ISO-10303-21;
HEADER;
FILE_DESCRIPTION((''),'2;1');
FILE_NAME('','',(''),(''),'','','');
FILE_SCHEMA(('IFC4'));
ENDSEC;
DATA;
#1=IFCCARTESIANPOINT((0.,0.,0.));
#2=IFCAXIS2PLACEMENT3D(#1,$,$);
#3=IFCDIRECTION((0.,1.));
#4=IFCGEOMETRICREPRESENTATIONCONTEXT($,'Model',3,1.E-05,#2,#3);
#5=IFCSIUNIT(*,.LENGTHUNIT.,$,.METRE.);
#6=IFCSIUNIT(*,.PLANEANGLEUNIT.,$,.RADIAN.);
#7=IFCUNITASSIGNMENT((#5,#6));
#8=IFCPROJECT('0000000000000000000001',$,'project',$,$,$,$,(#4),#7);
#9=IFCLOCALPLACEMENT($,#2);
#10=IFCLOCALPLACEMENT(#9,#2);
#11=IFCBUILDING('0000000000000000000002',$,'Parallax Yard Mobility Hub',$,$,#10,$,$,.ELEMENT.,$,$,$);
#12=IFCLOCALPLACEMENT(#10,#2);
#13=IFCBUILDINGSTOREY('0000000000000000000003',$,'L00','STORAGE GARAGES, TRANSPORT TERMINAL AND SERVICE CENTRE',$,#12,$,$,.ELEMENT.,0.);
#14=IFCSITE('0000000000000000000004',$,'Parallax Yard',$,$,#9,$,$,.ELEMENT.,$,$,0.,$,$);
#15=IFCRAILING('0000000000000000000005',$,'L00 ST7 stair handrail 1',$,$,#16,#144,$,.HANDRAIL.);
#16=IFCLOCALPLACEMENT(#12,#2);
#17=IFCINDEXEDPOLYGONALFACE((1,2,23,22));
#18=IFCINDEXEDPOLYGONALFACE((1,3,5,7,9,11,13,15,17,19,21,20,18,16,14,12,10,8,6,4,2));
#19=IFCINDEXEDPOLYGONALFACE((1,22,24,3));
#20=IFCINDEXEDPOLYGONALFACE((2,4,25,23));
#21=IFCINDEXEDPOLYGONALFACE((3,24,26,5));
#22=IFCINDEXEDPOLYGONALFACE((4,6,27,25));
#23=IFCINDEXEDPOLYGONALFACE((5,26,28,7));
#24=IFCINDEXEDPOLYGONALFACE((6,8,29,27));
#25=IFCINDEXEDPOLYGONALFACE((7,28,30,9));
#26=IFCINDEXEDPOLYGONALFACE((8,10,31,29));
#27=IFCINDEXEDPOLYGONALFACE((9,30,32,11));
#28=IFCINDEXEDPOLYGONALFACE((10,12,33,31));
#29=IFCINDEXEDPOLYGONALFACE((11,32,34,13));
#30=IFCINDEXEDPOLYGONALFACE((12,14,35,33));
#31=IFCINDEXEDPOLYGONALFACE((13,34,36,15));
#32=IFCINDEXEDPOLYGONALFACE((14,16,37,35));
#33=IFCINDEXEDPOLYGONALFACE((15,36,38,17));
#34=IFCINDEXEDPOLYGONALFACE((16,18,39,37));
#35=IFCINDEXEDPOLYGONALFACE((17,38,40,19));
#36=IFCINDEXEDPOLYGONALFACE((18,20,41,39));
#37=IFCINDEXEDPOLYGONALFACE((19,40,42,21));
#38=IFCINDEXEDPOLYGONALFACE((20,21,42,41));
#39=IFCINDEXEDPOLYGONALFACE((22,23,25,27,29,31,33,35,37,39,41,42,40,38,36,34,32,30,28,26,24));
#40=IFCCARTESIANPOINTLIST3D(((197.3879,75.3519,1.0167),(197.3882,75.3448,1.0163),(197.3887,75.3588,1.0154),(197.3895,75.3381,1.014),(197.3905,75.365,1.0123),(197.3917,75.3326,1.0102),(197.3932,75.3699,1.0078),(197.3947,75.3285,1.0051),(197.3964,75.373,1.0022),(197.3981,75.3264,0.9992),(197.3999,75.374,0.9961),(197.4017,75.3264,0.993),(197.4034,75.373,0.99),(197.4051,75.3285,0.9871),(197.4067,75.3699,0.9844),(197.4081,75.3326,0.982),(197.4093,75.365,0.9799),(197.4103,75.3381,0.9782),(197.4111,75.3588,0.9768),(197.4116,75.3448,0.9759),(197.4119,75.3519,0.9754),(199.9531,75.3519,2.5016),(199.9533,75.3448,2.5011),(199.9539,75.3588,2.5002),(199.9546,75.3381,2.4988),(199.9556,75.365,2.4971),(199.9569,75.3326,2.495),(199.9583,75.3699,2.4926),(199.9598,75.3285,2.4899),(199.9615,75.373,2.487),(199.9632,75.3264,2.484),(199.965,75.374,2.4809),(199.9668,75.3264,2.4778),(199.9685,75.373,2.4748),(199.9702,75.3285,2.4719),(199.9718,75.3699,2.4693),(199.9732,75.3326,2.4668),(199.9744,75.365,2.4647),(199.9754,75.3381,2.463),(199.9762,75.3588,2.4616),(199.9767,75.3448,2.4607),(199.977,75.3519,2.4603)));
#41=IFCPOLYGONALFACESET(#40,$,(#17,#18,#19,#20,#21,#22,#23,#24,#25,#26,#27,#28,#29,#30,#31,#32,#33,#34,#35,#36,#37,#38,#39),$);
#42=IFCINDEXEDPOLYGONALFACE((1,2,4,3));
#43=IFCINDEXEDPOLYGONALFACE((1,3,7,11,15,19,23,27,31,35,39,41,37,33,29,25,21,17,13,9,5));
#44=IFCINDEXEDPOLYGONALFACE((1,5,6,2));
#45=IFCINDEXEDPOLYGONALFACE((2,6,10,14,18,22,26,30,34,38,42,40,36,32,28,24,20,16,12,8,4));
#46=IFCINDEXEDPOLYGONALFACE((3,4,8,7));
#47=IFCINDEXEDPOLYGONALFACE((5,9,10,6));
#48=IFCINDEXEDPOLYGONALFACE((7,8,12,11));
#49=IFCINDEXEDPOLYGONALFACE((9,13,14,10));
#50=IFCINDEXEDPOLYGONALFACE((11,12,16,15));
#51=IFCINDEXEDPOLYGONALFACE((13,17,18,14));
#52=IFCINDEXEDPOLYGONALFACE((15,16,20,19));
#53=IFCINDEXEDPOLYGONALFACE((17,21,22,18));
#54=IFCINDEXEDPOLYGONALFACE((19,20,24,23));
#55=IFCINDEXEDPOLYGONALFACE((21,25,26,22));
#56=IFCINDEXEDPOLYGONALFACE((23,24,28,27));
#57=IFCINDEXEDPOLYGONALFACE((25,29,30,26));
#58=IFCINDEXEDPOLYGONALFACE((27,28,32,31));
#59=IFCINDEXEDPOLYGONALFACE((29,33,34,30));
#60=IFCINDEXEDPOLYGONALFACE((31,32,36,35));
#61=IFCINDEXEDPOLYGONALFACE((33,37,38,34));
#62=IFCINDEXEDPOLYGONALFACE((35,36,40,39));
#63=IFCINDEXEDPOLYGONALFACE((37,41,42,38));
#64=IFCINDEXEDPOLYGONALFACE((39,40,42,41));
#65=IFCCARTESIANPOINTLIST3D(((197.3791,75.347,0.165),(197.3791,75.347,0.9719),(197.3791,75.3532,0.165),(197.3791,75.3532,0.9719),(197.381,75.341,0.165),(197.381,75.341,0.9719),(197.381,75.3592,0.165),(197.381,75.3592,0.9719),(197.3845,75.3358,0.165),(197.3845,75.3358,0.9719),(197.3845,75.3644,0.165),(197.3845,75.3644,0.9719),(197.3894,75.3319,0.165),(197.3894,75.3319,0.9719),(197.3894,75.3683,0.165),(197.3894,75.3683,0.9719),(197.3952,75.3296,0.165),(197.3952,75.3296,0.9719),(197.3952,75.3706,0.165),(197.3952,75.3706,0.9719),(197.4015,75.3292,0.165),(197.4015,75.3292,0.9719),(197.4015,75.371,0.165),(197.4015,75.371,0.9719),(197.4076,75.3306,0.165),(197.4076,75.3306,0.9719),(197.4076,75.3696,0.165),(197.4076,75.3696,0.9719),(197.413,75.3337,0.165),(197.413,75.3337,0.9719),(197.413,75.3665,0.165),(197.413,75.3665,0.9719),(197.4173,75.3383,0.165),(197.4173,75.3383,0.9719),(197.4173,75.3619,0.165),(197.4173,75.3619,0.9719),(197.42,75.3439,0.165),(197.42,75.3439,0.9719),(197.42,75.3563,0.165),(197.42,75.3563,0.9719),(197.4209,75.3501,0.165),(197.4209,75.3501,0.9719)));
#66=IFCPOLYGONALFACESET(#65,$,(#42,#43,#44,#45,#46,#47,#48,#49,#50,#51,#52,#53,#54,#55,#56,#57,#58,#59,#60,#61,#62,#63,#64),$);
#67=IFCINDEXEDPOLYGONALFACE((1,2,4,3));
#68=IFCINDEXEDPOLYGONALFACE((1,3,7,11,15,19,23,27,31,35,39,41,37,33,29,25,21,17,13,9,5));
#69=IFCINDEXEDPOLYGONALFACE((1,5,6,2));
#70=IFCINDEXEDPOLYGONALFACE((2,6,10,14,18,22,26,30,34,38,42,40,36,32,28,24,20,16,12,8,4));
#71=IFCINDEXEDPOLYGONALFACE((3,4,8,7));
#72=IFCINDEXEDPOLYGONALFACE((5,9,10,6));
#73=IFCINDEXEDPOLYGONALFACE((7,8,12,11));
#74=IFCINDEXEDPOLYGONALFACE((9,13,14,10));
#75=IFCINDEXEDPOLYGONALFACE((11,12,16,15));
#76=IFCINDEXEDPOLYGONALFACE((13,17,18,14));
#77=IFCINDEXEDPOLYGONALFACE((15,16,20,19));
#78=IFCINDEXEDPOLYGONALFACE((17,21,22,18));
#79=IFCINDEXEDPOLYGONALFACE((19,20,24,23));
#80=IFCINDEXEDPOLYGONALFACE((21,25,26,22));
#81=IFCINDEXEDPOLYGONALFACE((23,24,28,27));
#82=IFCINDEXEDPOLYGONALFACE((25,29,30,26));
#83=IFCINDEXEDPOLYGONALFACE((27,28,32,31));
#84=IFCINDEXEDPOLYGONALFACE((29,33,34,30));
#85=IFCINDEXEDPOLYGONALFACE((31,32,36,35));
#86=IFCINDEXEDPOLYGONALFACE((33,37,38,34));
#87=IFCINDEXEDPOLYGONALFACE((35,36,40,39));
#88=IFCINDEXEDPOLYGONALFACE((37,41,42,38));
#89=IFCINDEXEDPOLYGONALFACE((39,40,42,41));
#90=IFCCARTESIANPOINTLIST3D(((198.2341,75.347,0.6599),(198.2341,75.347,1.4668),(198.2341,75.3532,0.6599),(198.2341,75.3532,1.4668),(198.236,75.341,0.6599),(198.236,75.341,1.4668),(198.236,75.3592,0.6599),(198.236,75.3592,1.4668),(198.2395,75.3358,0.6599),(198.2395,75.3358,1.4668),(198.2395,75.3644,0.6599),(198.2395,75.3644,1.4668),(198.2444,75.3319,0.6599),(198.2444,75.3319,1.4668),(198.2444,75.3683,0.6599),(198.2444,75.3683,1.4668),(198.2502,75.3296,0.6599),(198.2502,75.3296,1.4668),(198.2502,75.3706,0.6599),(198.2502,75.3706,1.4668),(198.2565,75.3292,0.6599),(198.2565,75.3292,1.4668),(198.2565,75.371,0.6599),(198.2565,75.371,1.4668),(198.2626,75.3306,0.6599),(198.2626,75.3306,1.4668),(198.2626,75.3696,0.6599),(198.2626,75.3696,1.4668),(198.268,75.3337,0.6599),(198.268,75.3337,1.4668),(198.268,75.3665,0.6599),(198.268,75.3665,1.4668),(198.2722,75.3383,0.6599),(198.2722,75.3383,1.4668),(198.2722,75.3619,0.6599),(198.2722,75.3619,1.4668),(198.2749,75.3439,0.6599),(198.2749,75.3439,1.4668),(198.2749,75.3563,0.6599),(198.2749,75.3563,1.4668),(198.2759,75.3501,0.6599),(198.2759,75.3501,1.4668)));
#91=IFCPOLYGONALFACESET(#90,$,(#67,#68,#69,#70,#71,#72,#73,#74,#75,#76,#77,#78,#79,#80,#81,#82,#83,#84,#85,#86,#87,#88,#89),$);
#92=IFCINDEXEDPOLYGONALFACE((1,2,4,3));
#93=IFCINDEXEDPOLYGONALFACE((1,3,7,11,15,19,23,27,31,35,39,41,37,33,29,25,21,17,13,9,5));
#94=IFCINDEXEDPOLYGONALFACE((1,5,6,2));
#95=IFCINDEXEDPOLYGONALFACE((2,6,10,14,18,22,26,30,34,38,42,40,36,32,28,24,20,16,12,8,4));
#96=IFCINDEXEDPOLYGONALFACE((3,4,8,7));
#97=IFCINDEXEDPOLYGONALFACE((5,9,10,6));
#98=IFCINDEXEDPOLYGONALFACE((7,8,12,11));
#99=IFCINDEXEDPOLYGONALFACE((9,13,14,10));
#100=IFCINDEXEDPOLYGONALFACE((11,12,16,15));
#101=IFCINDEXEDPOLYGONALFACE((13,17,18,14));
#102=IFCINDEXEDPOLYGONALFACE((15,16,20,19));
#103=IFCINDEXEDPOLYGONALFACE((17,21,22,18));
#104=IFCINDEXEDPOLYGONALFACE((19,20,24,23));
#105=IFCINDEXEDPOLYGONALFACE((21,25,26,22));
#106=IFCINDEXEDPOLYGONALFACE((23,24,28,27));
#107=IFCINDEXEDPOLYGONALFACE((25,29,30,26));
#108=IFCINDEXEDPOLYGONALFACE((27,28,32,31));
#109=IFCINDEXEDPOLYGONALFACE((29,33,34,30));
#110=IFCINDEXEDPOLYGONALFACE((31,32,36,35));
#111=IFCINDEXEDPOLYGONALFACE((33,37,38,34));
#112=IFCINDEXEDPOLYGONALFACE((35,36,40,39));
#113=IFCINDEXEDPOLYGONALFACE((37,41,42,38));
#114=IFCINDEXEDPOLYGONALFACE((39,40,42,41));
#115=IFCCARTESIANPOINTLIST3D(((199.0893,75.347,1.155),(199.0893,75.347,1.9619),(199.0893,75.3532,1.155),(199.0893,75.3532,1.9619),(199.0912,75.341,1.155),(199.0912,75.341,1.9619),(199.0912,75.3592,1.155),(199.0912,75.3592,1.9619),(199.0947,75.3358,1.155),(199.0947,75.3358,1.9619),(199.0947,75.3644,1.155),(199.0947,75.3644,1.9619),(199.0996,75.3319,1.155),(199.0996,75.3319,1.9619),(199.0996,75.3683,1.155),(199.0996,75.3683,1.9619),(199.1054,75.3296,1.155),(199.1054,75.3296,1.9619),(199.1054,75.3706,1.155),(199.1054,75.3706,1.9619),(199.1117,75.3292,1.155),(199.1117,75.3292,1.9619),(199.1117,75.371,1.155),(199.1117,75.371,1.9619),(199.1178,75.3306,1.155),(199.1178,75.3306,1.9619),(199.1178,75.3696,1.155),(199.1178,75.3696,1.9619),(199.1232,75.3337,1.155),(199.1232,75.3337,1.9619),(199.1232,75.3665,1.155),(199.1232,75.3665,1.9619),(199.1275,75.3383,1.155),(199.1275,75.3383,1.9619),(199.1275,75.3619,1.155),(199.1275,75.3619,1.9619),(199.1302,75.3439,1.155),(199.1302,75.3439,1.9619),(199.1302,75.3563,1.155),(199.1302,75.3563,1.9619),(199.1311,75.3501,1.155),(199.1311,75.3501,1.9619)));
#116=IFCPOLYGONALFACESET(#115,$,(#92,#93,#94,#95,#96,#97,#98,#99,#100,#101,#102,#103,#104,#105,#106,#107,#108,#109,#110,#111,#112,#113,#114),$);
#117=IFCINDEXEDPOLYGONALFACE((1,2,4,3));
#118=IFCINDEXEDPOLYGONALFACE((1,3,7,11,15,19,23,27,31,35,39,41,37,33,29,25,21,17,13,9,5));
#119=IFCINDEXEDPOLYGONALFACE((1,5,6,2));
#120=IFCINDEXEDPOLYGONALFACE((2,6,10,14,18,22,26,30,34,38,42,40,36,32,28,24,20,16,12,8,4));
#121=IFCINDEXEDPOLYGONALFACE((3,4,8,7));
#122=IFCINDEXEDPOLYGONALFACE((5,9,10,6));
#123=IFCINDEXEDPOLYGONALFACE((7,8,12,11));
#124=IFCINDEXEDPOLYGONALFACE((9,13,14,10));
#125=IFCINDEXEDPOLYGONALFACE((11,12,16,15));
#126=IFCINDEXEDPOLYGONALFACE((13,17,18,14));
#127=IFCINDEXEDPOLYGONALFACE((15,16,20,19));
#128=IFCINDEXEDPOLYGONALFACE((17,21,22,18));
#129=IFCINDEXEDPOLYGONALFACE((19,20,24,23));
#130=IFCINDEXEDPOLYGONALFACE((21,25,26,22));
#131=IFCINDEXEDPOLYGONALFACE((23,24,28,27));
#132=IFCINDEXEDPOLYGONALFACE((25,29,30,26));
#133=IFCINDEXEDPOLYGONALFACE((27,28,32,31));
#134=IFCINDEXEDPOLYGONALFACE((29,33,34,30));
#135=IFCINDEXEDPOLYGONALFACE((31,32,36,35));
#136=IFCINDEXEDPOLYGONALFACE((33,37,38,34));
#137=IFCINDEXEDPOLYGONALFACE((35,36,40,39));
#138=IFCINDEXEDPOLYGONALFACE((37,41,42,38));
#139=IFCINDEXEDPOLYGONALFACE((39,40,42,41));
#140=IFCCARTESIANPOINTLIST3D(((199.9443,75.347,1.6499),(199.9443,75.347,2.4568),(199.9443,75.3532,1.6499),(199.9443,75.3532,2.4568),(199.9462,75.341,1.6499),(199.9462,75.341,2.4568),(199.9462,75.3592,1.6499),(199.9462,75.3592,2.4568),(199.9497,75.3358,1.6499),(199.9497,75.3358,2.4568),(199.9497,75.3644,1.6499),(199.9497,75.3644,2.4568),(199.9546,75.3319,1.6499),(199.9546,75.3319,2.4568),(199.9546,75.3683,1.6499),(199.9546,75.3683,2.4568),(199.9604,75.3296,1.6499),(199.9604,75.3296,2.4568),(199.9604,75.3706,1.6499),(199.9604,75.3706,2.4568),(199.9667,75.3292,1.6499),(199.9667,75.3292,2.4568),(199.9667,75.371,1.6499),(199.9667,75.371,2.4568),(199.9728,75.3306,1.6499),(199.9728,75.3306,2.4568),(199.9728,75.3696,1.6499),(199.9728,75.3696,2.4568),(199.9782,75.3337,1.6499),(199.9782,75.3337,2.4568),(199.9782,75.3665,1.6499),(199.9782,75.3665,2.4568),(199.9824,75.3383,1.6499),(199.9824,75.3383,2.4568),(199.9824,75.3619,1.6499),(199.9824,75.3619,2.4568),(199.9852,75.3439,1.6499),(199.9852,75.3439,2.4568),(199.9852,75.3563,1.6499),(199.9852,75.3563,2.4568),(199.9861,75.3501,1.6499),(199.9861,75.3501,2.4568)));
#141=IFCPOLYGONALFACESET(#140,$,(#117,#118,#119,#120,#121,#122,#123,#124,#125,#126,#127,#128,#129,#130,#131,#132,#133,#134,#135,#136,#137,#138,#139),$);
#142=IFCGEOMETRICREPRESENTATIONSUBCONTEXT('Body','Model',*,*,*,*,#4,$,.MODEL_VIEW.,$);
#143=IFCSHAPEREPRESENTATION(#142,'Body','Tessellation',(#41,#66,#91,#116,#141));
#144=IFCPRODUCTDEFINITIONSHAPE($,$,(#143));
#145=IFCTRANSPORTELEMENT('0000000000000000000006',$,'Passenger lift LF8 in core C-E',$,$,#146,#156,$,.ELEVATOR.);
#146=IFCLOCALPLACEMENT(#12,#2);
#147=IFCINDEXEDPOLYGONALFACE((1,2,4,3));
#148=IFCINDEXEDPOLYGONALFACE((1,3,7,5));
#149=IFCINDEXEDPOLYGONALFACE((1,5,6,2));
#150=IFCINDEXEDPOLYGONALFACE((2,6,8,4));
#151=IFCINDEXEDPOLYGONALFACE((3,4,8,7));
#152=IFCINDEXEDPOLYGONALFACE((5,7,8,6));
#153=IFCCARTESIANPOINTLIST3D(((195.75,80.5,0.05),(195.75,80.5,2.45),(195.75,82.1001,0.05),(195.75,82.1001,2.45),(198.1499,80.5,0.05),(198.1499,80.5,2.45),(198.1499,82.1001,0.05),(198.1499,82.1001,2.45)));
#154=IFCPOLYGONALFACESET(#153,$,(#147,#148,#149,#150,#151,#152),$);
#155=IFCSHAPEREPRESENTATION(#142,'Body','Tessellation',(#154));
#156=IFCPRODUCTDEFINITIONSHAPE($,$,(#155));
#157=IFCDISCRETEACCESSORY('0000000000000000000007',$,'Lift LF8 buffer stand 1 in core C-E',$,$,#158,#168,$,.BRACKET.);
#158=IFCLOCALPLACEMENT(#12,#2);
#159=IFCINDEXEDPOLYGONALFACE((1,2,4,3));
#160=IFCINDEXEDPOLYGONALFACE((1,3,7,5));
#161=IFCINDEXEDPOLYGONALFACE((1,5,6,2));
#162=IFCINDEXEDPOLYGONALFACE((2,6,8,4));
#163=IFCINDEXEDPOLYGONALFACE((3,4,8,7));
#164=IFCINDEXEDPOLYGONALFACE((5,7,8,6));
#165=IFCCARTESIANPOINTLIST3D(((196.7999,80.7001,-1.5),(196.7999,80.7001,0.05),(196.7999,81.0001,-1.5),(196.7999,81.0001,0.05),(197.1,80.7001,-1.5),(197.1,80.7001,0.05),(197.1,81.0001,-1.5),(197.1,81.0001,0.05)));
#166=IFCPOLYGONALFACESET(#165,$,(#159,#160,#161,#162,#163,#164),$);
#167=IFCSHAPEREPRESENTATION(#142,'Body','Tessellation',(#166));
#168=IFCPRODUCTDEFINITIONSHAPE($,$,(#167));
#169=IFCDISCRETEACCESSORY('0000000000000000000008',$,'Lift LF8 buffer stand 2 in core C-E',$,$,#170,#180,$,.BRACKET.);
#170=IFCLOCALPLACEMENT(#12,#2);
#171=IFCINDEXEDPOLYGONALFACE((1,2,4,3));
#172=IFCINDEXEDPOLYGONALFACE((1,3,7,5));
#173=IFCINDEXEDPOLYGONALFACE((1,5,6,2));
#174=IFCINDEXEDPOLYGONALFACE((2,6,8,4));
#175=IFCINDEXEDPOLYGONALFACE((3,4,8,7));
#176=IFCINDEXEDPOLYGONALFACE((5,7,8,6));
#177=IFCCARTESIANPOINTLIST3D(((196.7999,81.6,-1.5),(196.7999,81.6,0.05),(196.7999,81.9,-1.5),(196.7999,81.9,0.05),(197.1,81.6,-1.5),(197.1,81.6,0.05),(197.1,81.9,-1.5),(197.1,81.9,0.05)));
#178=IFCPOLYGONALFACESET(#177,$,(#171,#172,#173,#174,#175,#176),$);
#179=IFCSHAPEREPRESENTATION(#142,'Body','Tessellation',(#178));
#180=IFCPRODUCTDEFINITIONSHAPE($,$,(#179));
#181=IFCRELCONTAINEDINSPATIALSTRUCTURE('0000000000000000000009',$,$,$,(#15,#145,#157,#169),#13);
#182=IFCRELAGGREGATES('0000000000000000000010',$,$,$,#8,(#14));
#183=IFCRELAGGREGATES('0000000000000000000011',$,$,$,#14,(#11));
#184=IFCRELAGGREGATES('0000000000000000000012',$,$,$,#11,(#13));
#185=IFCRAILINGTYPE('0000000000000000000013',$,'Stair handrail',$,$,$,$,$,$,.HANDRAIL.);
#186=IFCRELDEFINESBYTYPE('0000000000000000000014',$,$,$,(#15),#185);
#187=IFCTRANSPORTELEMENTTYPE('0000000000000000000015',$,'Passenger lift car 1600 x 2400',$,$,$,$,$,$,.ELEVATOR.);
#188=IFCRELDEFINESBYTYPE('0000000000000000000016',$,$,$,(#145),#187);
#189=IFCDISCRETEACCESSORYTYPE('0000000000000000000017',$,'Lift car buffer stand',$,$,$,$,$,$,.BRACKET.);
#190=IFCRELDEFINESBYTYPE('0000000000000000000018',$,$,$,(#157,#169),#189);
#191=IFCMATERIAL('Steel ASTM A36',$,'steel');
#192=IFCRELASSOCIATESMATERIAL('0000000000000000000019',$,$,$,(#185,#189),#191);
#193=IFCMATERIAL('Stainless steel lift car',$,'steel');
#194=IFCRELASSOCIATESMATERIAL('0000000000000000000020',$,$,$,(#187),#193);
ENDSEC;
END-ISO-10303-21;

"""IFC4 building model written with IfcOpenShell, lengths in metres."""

from ifc_helpers import new_model, si_unit, direction, frame, origin, origin_2d, place, context, subcontext, project, spatial, rectangle, circle, extrude, material, type_object, element, save


model = new_model("IFC4")

# Units and contexts
model_context = context("Model", 3, precision=1e-05, world=origin(), true_north=direction((0.0, 1.0)))
body_context = subcontext(model_context, "Body", "Model", "MODEL_VIEW")
ifc_project = project(units=[si_unit("LENGTHUNIT", "METRE"), si_unit("PLANEANGLEUNIT", "RADIAN")], contexts=[model_context])

# Site, building, storey
site_placement = place(None, origin())
site = spatial("IfcSite", under=ifc_project, at=site_placement, Name="Parallax Yard", CompositionType="ELEMENT", RefElevation=0.0)
building_placement = place(site_placement, origin())
building = spatial("IfcBuilding", under=site, at=building_placement, Name="Parallax Yard Mobility Hub", CompositionType="ELEMENT")
storey_placement = place(building_placement, origin())
storey = spatial("IfcBuildingStorey", under=building, at=storey_placement, Name="L00", Description="STORAGE GARAGES, TRANSPORT TERMINAL AND SERVICE CENTRE", CompositionType="ELEMENT", Elevation=0.0)

# Railing
ifc_material_1 = material(Name="Steel ASTM A36", Category="steel")
railing_type_1 = type_object("IfcRailingType", Name="Stair handrail", PredefinedType="HANDRAIL", material=ifc_material_1)
railing_1_placement = place(storey_placement, frame((197.3999, 75.3501, 0.165)))
element("IfcRailing", 1, at=railing_1_placement, inside=storey, type_object=railing_type_1, Name="L00 ST7 stair handrail 1", PredefinedType="HANDRAIL", context=body_context, shape_type="SweptSolid", body=[
    extrude(circle(Radius=0.0239, at=origin_2d()), frame((0.0, 0.0, 0.8311), z_axis=(0.865462, 0.0, 0.500975), x_axis=(0.0, 1.0, 0.0)), (0.0, 0.0, 1.0), 2.9639),
    extrude(circle(Radius=0.021, at=origin_2d()), origin(), (0.0, 0.0, 1.0), 0.8069),
    extrude(circle(Radius=0.021, at=origin_2d()), frame((0.855, 0.0, 0.4949)), (0.0, 0.0, 1.0), 0.8069),
    extrude(circle(Radius=0.021, at=origin_2d()), frame((1.7102, 0.0, 0.99)), (0.0, 0.0, 1.0), 0.8069),
    extrude(circle(Radius=0.021, at=origin_2d()), frame((2.5652, 0.0, 1.4849)), (0.0, 0.0, 1.0), 0.8069),
])

# Transport element
ifc_material_2 = material(Name="Stainless steel lift car", Category="steel")
transport_element_type = type_object("IfcTransportElementType", Name="Passenger lift car 1600 x 2400", PredefinedType="ELEVATOR", material=ifc_material_2)
transport_element_placement = place(storey_placement, frame((196.95, 81.3, 0.05), z_axis=(0.0, 0.0, 1.0), x_axis=(0.0, 1.0, 0.0)))
element("IfcTransportElement", 2, at=transport_element_placement, inside=storey, type_object=transport_element_type, Name="Passenger lift LF8 in core C-E", PredefinedType="ELEVATOR", context=body_context, shape_type="SweptSolid", body=[
    extrude(rectangle(XDim=1.6001, YDim=2.3999, at=origin_2d()), origin(), (0.0, 0.0, 1.0), 2.3999),
])

# Discrete accessories
discrete_accessory_type = type_object("IfcDiscreteAccessoryType", Name="Lift car buffer stand", PredefinedType="BRACKET", material=ifc_material_1)
for number, where, z_axis, x_axis, name in (
    (3, (196.95, 80.8501, -1.5), (0.0, 0.0, 1.0), (0.0, 1.0, 0.0), "Lift LF8 buffer stand 1 in core C-E"),
    (4, (196.95, 81.75, -1.5), (0.0, 0.0, 1.0), (0.0, 1.0, 0.0), "Lift LF8 buffer stand 2 in core C-E"),
):
    element("IfcDiscreteAccessory", number, at=place(storey_placement, frame(where, z_axis=z_axis, x_axis=x_axis)), inside=storey, type_object=discrete_accessory_type, Name=name, PredefinedType="BRACKET", context=body_context, shape_type="SweptSolid", body=[
        extrude(rectangle(XDim=0.3, YDim=0.3, at=origin_2d()), origin(), (0.0, 0.0, 1.0), 1.55),
    ])

save(model, "model.ifc")
